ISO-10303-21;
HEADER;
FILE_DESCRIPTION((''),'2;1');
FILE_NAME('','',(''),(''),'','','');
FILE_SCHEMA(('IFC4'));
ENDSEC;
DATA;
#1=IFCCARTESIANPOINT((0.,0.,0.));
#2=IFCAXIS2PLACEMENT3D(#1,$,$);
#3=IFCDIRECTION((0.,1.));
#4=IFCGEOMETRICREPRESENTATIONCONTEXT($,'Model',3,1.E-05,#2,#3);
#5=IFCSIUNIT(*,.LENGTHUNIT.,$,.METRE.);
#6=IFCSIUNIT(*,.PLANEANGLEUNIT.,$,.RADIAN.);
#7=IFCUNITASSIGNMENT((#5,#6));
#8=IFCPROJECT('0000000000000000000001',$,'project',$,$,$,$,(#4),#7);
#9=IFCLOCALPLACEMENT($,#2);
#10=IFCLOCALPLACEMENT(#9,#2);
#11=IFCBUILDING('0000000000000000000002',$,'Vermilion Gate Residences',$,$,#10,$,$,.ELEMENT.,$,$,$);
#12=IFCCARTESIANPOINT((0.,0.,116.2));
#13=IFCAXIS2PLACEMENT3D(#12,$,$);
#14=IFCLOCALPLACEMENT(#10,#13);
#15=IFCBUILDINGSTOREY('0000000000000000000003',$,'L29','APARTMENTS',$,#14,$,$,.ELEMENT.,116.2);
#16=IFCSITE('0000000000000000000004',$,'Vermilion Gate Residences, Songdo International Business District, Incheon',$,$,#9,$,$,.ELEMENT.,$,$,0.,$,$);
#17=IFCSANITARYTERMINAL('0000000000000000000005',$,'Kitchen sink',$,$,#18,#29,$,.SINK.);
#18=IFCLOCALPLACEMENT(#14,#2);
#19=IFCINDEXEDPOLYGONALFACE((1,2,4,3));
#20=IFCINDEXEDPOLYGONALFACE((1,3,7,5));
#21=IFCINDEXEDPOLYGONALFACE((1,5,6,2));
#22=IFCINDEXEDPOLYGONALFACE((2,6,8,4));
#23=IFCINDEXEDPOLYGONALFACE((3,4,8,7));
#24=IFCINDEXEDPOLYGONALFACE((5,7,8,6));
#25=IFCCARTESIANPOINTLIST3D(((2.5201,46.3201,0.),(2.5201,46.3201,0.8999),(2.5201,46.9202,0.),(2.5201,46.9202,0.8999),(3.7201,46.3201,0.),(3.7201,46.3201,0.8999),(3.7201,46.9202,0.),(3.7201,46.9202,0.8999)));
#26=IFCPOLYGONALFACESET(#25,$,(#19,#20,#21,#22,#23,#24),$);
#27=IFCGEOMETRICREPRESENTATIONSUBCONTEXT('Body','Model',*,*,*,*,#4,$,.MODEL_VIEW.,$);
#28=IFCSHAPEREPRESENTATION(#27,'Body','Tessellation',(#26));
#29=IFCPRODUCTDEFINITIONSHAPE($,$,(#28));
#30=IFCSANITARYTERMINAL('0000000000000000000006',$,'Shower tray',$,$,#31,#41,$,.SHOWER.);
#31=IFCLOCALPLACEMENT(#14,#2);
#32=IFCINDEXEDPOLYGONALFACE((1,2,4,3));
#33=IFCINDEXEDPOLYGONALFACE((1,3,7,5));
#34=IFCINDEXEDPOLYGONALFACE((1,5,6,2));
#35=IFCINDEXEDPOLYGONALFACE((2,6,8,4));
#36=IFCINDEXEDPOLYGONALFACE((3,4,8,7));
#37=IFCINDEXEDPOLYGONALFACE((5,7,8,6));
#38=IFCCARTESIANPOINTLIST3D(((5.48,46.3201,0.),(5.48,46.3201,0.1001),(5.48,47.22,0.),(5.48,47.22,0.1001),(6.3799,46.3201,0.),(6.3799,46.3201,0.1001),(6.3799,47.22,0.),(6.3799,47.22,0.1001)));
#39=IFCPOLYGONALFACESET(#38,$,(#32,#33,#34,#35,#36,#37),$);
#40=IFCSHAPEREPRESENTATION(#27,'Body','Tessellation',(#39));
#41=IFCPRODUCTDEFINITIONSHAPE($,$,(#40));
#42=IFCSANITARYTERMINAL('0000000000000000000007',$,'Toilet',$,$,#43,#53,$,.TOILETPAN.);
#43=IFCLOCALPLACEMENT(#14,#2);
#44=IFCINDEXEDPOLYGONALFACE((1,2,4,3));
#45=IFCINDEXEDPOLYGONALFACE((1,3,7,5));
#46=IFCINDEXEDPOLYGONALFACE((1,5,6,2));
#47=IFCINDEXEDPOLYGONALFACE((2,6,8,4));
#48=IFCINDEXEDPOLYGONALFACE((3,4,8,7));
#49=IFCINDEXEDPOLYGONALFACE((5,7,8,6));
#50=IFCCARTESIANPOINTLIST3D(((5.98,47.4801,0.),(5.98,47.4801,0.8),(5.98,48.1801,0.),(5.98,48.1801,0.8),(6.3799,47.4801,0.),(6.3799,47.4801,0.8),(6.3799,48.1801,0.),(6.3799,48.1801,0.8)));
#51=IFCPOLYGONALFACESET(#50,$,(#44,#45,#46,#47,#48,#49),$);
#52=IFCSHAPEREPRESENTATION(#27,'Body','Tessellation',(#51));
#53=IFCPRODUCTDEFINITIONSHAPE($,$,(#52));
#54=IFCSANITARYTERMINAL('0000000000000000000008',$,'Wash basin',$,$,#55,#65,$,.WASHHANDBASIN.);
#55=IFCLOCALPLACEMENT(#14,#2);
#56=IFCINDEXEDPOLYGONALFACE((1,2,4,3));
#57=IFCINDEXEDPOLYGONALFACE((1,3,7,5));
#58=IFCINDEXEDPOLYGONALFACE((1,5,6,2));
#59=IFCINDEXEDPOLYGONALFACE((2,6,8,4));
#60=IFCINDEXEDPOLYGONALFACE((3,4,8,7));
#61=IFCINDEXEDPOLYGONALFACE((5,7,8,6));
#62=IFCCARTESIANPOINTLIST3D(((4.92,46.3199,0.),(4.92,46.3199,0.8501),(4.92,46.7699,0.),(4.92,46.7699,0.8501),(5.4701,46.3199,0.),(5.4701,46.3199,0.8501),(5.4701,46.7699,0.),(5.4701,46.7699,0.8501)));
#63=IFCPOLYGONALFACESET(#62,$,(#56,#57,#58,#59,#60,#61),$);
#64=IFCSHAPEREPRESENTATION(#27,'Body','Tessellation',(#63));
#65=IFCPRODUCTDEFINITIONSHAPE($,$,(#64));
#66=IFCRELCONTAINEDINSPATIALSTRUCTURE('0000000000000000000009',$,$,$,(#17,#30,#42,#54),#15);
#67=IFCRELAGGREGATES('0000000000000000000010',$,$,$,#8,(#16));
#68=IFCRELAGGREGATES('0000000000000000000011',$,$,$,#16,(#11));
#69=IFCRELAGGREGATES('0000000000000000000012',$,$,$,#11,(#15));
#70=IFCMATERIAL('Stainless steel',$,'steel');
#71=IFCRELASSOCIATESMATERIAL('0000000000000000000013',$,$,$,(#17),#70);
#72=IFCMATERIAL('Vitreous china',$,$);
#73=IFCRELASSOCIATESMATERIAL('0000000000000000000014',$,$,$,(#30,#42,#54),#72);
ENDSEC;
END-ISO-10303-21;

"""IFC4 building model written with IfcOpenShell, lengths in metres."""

from ifc_helpers import new_model, si_unit, direction, frame, origin, origin_2d, place, context, subcontext, project, spatial, rectangle, extrude, material, element, save


model = new_model("IFC4")

# Units and contexts
model_context = context("Model", 3, precision=1e-05, world=origin(), true_north=direction((0.0, 1.0)))
body_context = subcontext(model_context, "Body", "Model", "MODEL_VIEW")
ifc_project = project(units=[si_unit("LENGTHUNIT", "METRE"), si_unit("PLANEANGLEUNIT", "RADIAN")], contexts=[model_context])

# Site, building, storey
site_placement = place(None, origin())
site = spatial("IfcSite", under=ifc_project, at=site_placement, Name="Vermilion Gate Residences, Songdo International Business District, Incheon", CompositionType="ELEMENT", RefElevation=0.0)
building_placement = place(site_placement, origin())
building = spatial("IfcBuilding", under=site, at=building_placement, Name="Vermilion Gate Residences", CompositionType="ELEMENT")
storey_placement = place(building_placement, frame((0.0, 0.0, 116.2)))
storey = spatial("IfcBuildingStorey", under=building, at=storey_placement, Name="L29", Description="APARTMENTS", CompositionType="ELEMENT", Elevation=116.2)

# Sanitary terminals
ifc_material_1 = material(Name="Stainless steel", Category="steel")
sanitary_terminal_1_placement = place(storey_placement, frame((3.1201, 46.6201, 0.0), z_axis=(0.0, 0.0, 1.0), x_axis=(1.0, 0.0, 0.0)))
element("IfcSanitaryTerminal", 1, at=sanitary_terminal_1_placement, inside=storey, material=ifc_material_1, Name="Kitchen sink", PredefinedType="SINK", context=body_context, shape_type="SweptSolid", body=[
    extrude(rectangle(XDim=1.2, YDim=0.6001, at=origin_2d()), origin(), (0.0, 0.0, 1.0), 0.8999),
])
ifc_material_2 = material(Name="Vitreous china")
sanitary_terminal_2_placement = place(storey_placement, frame((5.9299, 46.77, 0.0), z_axis=(0.0, 0.0, 1.0), x_axis=(1.0, 0.0, 0.0)))
element("IfcSanitaryTerminal", 2, at=sanitary_terminal_2_placement, inside=storey, material=ifc_material_2, Name="Shower tray", PredefinedType="SHOWER", context=body_context, shape_type="SweptSolid", body=[
    extrude(rectangle(XDim=0.8999, YDim=0.8999, at=origin_2d()), origin(), (0.0, 0.0, 1.0), 0.1001),
])
sanitary_terminal_3_placement = place(storey_placement, frame((6.1799, 47.8301, 0.0), z_axis=(0.0, 0.0, 1.0), x_axis=(1.0, 0.0, 0.0)))
element("IfcSanitaryTerminal", 3, at=sanitary_terminal_3_placement, inside=storey, material=ifc_material_2, Name="Toilet", PredefinedType="TOILETPAN", context=body_context, shape_type="SweptSolid", body=[
    extrude(rectangle(XDim=0.3999, YDim=0.7, at=origin_2d()), origin(), (0.0, 0.0, 1.0), 0.8),
])
sanitary_terminal_4_placement = place(storey_placement, frame((5.1951, 46.5449, 0.0), z_axis=(0.0, 0.0, 1.0), x_axis=(1.0, 0.0, 0.0)))
element("IfcSanitaryTerminal", 4, at=sanitary_terminal_4_placement, inside=storey, material=ifc_material_2, Name="Wash basin", PredefinedType="WASHHANDBASIN", context=body_context, shape_type="SweptSolid", body=[
    extrude(rectangle(XDim=0.55, YDim=0.45, at=origin_2d()), origin(), (0.0, 0.0, 1.0), 0.8501),
])

save(model, "model.ifc")
